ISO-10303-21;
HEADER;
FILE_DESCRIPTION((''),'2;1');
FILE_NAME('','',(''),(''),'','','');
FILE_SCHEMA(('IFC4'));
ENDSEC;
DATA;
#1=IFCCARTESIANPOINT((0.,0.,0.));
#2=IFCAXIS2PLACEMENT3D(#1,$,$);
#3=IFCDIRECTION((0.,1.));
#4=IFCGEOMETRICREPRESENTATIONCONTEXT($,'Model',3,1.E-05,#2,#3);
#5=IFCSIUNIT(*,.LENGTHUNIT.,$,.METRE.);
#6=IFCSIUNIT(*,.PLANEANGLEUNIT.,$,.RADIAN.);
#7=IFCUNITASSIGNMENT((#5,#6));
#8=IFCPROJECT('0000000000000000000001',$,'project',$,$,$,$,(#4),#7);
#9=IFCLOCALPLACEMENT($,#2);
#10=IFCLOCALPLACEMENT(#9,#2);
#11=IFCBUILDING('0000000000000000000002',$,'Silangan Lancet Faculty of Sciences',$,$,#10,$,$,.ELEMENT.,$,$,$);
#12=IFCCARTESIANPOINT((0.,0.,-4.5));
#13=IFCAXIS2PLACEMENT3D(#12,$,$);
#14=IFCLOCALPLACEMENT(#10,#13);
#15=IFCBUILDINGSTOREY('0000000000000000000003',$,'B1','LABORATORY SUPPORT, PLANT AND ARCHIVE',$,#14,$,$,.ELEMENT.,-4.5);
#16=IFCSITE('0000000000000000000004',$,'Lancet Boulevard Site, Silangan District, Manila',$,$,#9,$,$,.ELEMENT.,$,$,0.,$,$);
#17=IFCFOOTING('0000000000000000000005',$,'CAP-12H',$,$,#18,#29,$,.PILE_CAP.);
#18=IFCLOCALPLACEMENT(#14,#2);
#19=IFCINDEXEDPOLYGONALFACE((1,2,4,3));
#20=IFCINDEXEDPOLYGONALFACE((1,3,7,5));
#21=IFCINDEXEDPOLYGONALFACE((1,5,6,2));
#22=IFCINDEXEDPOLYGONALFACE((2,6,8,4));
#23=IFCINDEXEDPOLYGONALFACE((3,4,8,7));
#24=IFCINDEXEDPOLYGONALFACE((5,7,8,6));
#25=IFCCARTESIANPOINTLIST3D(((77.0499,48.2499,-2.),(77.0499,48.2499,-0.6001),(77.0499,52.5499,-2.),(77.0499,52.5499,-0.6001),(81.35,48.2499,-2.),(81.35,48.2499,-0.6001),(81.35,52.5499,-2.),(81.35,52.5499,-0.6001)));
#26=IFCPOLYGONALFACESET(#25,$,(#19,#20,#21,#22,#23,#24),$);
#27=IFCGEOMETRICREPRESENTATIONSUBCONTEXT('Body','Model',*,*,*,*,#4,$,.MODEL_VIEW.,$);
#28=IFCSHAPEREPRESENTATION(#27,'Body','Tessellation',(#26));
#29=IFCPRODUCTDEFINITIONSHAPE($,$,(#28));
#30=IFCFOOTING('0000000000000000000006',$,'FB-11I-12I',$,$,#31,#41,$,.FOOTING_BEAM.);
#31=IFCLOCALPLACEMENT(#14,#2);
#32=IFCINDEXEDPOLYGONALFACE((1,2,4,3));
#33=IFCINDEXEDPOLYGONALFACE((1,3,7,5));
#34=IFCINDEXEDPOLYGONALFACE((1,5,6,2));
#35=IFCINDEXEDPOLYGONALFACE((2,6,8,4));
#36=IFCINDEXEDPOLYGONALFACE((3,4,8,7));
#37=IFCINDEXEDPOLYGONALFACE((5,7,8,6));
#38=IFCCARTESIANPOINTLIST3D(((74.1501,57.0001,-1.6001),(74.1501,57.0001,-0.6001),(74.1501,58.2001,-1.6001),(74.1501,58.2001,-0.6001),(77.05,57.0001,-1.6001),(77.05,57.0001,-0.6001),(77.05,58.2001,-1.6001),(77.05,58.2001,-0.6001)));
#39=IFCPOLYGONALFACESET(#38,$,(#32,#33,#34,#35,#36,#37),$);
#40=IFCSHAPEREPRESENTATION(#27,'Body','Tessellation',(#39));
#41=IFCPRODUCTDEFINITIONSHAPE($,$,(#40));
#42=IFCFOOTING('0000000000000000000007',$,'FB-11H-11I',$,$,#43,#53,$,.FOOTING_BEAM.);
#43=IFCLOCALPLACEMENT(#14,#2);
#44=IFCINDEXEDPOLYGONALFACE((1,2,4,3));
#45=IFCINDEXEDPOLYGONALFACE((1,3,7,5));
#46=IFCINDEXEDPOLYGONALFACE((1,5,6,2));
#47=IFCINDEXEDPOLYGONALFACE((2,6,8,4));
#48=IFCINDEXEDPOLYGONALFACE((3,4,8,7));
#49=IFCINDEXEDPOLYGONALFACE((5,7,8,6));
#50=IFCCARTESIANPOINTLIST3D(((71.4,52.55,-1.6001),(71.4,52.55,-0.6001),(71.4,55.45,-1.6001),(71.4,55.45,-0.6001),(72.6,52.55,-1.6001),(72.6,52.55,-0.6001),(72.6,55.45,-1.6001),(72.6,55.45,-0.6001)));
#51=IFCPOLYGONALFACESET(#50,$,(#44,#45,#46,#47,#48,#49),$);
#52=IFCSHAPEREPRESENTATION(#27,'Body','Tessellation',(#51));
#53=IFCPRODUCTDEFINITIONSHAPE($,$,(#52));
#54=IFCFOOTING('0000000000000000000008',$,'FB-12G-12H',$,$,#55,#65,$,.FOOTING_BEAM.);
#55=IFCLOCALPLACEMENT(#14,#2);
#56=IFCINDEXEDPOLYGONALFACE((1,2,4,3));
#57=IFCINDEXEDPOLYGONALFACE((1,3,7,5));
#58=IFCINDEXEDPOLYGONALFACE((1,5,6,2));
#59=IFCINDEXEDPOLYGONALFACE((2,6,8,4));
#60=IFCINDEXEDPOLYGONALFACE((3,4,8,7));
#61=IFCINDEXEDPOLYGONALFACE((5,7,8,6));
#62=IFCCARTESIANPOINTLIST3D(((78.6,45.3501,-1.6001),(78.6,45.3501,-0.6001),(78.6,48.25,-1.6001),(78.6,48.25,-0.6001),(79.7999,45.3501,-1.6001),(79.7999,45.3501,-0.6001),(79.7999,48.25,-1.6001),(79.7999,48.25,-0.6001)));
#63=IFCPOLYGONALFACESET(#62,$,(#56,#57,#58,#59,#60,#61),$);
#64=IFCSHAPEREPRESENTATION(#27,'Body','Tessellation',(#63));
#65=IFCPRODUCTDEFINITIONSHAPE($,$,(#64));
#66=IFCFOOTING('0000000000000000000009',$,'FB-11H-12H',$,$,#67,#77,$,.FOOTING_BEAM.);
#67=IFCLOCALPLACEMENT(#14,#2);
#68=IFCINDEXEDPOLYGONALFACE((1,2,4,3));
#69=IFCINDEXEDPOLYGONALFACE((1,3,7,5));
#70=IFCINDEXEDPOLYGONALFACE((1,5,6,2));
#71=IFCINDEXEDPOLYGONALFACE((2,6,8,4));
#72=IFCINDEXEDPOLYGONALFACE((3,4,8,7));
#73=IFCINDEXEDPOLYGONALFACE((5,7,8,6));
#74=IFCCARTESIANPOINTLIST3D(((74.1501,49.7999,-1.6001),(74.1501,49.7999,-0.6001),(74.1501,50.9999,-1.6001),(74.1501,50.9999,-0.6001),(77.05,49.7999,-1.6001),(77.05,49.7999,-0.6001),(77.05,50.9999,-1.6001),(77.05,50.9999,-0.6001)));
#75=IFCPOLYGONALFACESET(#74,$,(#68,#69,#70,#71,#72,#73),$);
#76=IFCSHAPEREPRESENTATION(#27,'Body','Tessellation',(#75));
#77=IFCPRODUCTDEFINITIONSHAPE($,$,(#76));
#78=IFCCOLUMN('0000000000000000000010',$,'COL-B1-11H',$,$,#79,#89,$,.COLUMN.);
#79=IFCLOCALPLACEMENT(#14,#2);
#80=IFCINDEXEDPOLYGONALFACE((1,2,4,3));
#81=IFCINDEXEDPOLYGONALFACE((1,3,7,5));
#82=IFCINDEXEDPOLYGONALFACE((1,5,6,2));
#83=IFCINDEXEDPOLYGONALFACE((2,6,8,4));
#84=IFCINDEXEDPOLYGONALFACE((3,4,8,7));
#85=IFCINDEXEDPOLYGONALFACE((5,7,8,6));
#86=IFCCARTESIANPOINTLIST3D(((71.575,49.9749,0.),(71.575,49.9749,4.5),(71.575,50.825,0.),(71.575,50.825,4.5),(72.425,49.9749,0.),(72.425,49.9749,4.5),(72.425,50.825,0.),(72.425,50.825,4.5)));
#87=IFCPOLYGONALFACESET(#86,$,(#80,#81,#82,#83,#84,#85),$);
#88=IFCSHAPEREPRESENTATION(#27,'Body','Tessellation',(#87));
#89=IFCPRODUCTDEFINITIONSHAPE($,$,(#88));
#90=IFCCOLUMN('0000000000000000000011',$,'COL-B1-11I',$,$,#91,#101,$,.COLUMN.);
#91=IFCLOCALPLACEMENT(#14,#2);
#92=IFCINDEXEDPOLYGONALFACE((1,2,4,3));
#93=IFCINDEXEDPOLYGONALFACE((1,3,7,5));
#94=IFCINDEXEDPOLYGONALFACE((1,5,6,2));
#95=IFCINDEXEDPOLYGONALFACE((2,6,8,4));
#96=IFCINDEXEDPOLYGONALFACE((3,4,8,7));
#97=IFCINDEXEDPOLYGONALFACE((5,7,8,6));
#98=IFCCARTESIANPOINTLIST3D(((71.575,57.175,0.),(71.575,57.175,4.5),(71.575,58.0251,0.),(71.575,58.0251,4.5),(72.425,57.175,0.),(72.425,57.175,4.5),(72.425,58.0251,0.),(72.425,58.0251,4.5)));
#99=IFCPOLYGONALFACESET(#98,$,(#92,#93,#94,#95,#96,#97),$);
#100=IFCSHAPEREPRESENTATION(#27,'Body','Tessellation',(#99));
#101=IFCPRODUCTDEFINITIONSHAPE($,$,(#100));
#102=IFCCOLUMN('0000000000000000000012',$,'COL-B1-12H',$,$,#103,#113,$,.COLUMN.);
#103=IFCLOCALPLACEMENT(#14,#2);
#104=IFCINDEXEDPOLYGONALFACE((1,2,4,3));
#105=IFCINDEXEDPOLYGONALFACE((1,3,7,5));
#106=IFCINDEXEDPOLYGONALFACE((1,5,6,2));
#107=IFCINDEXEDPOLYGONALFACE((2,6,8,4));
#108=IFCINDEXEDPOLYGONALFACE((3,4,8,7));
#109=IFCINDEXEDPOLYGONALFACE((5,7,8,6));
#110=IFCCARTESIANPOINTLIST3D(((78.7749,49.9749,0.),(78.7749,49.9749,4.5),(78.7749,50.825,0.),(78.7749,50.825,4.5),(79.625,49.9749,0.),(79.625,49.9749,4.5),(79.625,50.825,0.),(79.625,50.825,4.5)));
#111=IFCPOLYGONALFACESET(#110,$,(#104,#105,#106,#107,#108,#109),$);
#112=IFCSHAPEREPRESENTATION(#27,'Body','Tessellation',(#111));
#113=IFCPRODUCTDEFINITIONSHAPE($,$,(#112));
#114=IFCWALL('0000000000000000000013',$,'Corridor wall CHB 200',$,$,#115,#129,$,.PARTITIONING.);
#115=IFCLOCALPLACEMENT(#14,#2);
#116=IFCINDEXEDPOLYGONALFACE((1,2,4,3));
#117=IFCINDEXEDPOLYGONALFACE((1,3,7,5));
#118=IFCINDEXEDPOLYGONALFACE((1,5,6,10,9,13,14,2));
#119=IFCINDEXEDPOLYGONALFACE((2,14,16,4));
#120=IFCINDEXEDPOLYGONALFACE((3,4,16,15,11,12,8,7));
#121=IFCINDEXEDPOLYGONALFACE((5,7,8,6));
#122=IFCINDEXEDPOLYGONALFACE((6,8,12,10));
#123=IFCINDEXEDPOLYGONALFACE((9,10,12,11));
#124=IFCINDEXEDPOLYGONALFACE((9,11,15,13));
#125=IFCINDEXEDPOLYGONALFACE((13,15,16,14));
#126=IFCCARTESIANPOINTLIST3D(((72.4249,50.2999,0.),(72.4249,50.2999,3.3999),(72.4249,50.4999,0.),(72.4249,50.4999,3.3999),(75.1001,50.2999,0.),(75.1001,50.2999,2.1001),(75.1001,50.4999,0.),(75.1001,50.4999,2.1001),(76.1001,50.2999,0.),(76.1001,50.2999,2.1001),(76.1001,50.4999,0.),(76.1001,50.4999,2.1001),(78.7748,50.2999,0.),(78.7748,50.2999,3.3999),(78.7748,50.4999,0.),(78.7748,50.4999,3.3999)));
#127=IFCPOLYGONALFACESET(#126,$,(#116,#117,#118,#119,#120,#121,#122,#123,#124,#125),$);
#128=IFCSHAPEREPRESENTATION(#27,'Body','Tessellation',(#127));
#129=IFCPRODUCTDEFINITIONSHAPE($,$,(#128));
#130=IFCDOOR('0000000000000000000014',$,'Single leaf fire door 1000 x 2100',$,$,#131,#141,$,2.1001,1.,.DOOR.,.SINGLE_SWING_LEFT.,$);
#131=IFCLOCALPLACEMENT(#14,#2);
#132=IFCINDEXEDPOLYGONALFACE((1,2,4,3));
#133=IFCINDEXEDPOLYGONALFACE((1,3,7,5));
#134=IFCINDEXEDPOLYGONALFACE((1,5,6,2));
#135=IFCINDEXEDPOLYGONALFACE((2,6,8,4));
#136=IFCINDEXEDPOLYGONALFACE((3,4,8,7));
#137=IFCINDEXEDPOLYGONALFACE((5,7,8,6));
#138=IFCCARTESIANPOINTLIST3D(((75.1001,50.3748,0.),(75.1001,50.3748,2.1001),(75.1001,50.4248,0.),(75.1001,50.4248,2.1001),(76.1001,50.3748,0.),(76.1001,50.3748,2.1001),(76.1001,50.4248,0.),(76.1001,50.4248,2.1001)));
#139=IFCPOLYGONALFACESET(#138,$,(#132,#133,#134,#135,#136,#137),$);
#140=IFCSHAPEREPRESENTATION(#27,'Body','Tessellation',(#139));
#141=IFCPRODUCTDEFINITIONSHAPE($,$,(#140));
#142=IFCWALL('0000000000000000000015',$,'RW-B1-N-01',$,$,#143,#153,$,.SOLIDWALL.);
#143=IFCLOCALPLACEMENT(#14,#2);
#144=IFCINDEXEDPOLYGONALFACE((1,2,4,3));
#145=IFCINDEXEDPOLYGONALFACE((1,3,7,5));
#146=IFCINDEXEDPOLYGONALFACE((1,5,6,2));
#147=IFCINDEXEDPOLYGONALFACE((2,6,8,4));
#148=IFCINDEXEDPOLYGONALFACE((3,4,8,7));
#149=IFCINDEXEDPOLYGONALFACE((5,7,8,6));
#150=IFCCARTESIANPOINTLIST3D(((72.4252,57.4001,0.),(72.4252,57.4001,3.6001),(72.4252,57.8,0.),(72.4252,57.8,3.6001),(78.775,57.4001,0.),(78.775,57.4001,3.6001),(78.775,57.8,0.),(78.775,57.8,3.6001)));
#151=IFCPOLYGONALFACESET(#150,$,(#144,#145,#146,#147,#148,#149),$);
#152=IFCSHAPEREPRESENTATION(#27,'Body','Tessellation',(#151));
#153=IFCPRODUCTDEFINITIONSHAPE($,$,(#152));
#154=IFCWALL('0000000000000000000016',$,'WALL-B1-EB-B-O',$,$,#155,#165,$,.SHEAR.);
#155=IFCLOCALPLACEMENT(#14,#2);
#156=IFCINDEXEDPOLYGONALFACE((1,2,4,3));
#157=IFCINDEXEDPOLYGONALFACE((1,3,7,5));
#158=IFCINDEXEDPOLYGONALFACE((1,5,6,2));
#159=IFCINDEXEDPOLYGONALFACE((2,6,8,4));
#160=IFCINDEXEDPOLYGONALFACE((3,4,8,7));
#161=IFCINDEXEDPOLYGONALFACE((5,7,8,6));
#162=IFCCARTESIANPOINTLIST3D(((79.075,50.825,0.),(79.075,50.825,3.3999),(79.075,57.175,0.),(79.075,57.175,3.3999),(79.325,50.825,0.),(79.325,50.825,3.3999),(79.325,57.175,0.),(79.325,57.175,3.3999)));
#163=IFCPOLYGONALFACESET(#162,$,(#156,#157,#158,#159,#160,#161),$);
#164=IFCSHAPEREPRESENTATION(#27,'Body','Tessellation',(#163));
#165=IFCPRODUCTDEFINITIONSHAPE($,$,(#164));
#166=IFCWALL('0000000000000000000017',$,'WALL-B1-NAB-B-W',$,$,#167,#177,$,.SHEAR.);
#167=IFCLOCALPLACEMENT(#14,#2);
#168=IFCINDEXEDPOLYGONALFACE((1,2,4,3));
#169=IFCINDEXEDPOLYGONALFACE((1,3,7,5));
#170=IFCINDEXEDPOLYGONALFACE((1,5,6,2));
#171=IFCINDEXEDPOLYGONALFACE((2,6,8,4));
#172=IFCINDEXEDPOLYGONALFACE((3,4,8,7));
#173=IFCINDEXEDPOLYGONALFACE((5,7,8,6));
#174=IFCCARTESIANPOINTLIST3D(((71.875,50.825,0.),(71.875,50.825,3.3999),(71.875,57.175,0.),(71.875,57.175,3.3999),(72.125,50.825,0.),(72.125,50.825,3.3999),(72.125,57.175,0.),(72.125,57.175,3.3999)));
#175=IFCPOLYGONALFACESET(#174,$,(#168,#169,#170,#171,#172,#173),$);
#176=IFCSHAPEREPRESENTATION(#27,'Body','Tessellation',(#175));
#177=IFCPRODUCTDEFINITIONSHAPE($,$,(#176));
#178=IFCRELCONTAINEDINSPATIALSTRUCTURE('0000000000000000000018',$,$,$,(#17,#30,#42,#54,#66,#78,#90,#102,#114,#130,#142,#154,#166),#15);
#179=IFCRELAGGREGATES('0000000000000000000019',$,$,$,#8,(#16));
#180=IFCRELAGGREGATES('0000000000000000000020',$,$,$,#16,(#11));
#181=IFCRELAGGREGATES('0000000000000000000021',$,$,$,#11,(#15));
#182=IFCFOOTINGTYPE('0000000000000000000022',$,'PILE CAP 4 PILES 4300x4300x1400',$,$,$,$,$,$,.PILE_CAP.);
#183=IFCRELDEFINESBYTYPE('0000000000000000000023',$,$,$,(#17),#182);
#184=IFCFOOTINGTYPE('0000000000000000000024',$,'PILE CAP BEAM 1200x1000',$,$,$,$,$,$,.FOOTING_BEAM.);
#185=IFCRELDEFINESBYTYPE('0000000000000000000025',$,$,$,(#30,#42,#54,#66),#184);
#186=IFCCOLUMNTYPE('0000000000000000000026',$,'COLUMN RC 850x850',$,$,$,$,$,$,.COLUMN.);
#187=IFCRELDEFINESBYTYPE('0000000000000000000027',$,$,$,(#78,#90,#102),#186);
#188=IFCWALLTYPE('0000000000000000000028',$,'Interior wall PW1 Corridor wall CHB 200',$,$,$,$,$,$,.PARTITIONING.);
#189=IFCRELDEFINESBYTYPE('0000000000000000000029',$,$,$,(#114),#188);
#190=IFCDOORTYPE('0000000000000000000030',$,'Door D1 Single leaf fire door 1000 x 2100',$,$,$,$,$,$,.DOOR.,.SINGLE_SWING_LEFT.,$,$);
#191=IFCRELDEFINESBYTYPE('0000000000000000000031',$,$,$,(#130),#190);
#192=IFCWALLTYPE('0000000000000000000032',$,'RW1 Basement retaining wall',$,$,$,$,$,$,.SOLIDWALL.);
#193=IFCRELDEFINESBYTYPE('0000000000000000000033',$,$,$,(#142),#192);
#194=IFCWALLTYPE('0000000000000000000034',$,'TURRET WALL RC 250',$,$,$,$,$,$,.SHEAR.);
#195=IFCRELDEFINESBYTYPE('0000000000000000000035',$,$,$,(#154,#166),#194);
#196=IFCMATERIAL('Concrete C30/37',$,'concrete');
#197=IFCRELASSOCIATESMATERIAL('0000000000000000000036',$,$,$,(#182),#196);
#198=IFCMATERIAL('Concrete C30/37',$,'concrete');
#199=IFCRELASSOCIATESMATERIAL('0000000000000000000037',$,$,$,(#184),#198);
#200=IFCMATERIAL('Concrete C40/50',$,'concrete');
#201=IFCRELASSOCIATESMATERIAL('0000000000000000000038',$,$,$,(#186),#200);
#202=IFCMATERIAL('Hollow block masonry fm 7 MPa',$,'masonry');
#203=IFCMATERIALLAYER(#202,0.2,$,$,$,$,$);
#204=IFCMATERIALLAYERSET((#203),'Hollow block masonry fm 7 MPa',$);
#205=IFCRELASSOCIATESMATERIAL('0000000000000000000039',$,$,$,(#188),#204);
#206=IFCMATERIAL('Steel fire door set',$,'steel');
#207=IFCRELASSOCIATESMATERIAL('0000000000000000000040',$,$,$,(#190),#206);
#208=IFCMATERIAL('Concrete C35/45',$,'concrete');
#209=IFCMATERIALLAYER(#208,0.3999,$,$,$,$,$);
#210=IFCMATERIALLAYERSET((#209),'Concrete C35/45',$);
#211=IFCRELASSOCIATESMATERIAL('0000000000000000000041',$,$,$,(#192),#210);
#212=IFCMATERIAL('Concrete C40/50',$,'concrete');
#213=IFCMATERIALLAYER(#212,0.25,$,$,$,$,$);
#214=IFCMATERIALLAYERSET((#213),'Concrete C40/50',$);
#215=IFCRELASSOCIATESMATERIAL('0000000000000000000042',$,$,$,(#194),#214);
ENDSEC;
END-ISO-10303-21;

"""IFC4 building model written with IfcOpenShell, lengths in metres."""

from ifc_helpers import new_model, si_unit, direction, frame, frame_2d, origin, origin_2d, place, context, subcontext, project, spatial, rectangle, extrude, material, layer, layer_set, material_profile, profile_set, type_object, element, fill, save


model = new_model("IFC4")

# Units and contexts
model_context = context("Model", 3, precision=1e-05, world=origin(), true_north=direction((0.0, 1.0)))
body_context = subcontext(model_context, "Body", "Model", "MODEL_VIEW")
ifc_project = project(units=[si_unit("LENGTHUNIT", "METRE"), si_unit("PLANEANGLEUNIT", "RADIAN")], contexts=[model_context])

# Site, building, storey
site_placement = place(None, origin())
site = spatial("IfcSite", under=ifc_project, at=site_placement, Name="Lancet Boulevard Site, Silangan District, Manila", CompositionType="ELEMENT", RefElevation=0.0)
building_placement = place(site_placement, origin())
building = spatial("IfcBuilding", under=site, at=building_placement, Name="Silangan Lancet Faculty of Sciences", CompositionType="ELEMENT")
storey_placement = place(building_placement, frame((0.0, 0.0, -4.5)))
storey = spatial("IfcBuildingStorey", under=building, at=storey_placement, Name="B1", Description="LABORATORY SUPPORT, PLANT AND ARCHIVE", CompositionType="ELEMENT", Elevation=-4.5)

# Footings
ifc_material_1 = material(Name="Concrete C30/37", Category="concrete")
footing_type_1 = type_object("IfcFootingType", Name="PILE CAP 4 PILES 4300x4300x1400", PredefinedType="PILE_CAP", material=ifc_material_1)
for number, where, z_axis, x_axis, name in (
    (1, (79.2, 50.3999, -2.0), (0.0, 0.0, 1.0), (1.0, 0.0, 0.0), "CAP-12H"),
):
    element("IfcFooting", number, at=place(storey_placement, frame(where, z_axis=z_axis, x_axis=x_axis)), inside=storey, type_object=footing_type_1, Name=name, PredefinedType="PILE_CAP", context=body_context, shape_type="SweptSolid", body=[
        extrude(rectangle(XDim=4.3, YDim=4.3, at=origin_2d()), origin(), (0.0, 0.0, 1.0), 1.3999),
    ])
ifc_material_2 = material(Name="Concrete C30/37", Category="concrete")
footing_type_2 = type_object("IfcFootingType", Name="PILE CAP BEAM 1200x1000", PredefinedType="FOOTING_BEAM", material=ifc_material_2)
for number, where, z_axis, x_axis, name in (
    (2, (75.6001, 57.6001, -1.6001), (0.0, 0.0, 1.0), (1.0, 0.0, 0.0), "FB-11I-12I"),
    (3, (72.0, 54.0, -1.6001), (0.0, 0.0, 1.0), (0.0, 1.0, 0.0), "FB-11H-11I"),
    (4, (79.2, 46.8, -1.6001), (0.0, 0.0, 1.0), (0.0, 1.0, 0.0), "FB-12G-12H"),
    (5, (75.6001, 50.3999, -1.6001), (0.0, 0.0, 1.0), (1.0, 0.0, 0.0), "FB-11H-12H"),
):
    element("IfcFooting", number, at=place(storey_placement, frame(where, z_axis=z_axis, x_axis=x_axis)), inside=storey, type_object=footing_type_2, Name=name, PredefinedType="FOOTING_BEAM", context=body_context, shape_type="SweptSolid", body=[
        extrude(rectangle(XDim=2.8999, YDim=1.2, at=origin_2d()), origin(), (0.0, 0.0, 1.0), 1.0),
    ])

# Columns
ifc_material_3 = material(Name="Concrete C40/50", Category="concrete")
ifc_material_profile_1 = material_profile(ifc_material_3, rectangle(XDim=0.8501, YDim=0.8501, at=origin_2d()), Name="RC 850x850")
ifc_profile_set_1 = profile_set([ifc_material_profile_1], Name="Concrete C40/50")
column_type = type_object("IfcColumnType", Name="COLUMN RC 850x850", PredefinedType="COLUMN", material=ifc_profile_set_1)
for number, where, z_axis, x_axis, name in (
    (6, (72.0, 50.3999, 0.0), (0.0, 0.0, 1.0), (1.0, 0.0, 0.0), "COL-B1-11H"),
    (7, (72.0, 57.6001, 0.0), (0.0, 0.0, 1.0), (1.0, 0.0, 0.0), "COL-B1-11I"),
    (8, (79.2, 50.3999, 0.0), (0.0, 0.0, 1.0), (1.0, 0.0, 0.0), "COL-B1-12H"),
):
    element("IfcColumn", number, at=place(storey_placement, frame(where, z_axis=z_axis, x_axis=x_axis)), inside=storey, type_object=column_type, Name=name, PredefinedType="COLUMN", context=body_context, shape_type="SweptSolid", body=[
        extrude(rectangle(XDim=0.8501, YDim=0.8501, at=origin_2d()), origin(), (0.0, 0.0, 1.0), 4.5),
    ])

# Wall, opening, door
ifc_material_4 = material(Name="Hollow block masonry fm 7 MPa", Category="masonry")
ifc_layer_1 = layer(ifc_material_4, 0.2)
ifc_layer_set_1 = layer_set([ifc_layer_1], Name="Hollow block masonry fm 7 MPa")
wall_type_1 = type_object("IfcWallType", Name="Interior wall PW1 Corridor wall CHB 200", PredefinedType="PARTITIONING", material=ifc_layer_set_1)
wall_1_placement = place(storey_placement, frame((72.425, 50.3999, 0.0), z_axis=(0.0, 0.0, 1.0), x_axis=(1.0, 0.0, 0.0)))
wall_1 = element("IfcWall", 9, at=wall_1_placement, inside=storey, type_object=wall_type_1, Name="Corridor wall CHB 200", PredefinedType="PARTITIONING", context=body_context, shape_type="SweptSolid", body=[
    extrude(rectangle(XDim=6.3499, YDim=0.2, at=frame_2d((3.1748, 0.0))), origin(), (0.0, 0.0, 1.0), 3.3999),
])
opening_placement = place(wall_1_placement, frame((2.675, 0.0, 0.0)))
opening = element("IfcOpeningElement", 10, at=opening_placement, cuts=wall_1, PredefinedType="OPENING", context=body_context, shape_type="SweptSolid", body=[
    extrude(rectangle(XDim=1.0, YDim=2.1001, at=frame_2d((0.5, 1.05))), frame((0.0, 0.1099, 0.0), z_axis=(0.0, -1.0, 0.0), x_axis=(1.0, 0.0, 0.0)), (0.0, 0.0, 1.0), 0.22),
])
ifc_material_5 = material(Name="Steel fire door set", Category="steel")
door_type = type_object("IfcDoorType", Name="Door D1 Single leaf fire door 1000 x 2100", OperationType="SINGLE_SWING_LEFT", PredefinedType="DOOR", material=ifc_material_5)
door_placement = place(opening_placement, origin())
door = element("IfcDoor", 11, at=door_placement, inside=storey, type_object=door_type, Name="Single leaf fire door 1000 x 2100", OperationType="SINGLE_SWING_LEFT", OverallHeight=2.1001, OverallWidth=1.0, PredefinedType="DOOR", context=body_context, shape_type="SweptSolid", body=[
    extrude(rectangle(XDim=1.0, YDim=2.1001, at=frame_2d((0.5, 1.05))), frame((0.0, 0.0249, 0.0), z_axis=(0.0, -1.0, 0.0), x_axis=(1.0, 0.0, 0.0)), (0.0, 0.0, 1.0), 0.05),
])
fill(opening, door)

# Walls
ifc_material_6 = material(Name="Concrete C35/45", Category="concrete")
ifc_layer_2 = layer(ifc_material_6, 0.3999)
ifc_layer_set_2 = layer_set([ifc_layer_2], Name="Concrete C35/45")
wall_type_2 = type_object("IfcWallType", Name="RW1 Basement retaining wall", PredefinedType="SOLIDWALL", material=ifc_layer_set_2)
wall_2_placement = place(storey_placement, frame((78.7749, 57.6001, 0.0), z_axis=(0.0, 0.0, 1.0), x_axis=(-1.0, 0.0, 0.0)))
element("IfcWall", 12, at=wall_2_placement, inside=storey, type_object=wall_type_2, Name="RW-B1-N-01", PredefinedType="SOLIDWALL", context=body_context, shape_type="SweptSolid", body=[
    extrude(rectangle(XDim=6.3499, YDim=0.3999, at=frame_2d((3.1748, 0.0))), origin(), (0.0, 0.0, 1.0), 3.6001),
])
ifc_material_7 = material(Name="Concrete C40/50", Category="concrete")
ifc_layer_3 = layer(ifc_material_7, 0.25)
ifc_layer_set_3 = layer_set([ifc_layer_3], Name="Concrete C40/50")
wall_type_3 = type_object("IfcWallType", Name="TURRET WALL RC 250", PredefinedType="SHEAR", material=ifc_layer_set_3)
for number, where, z_axis, x_axis, name in (
    (13, (79.2, 50.825, 0.0), (0.0, 0.0, 1.0), (0.0, 1.0, 0.0), "WALL-B1-EB-B-O"),
    (14, (72.0, 50.825, 0.0), (0.0, 0.0, 1.0), (0.0, 1.0, 0.0), "WALL-B1-NAB-B-W"),
):
    element("IfcWall", number, at=place(storey_placement, frame(where, z_axis=z_axis, x_axis=x_axis)), inside=storey, type_object=wall_type_3, Name=name, PredefinedType="SHEAR", context=body_context, shape_type="SweptSolid", body=[
        extrude(rectangle(XDim=6.3501, YDim=0.25, at=frame_2d((3.175, 0.0))), origin(), (0.0, 0.0, 1.0), 3.3999),
    ])

save(model, "model.ifc")
